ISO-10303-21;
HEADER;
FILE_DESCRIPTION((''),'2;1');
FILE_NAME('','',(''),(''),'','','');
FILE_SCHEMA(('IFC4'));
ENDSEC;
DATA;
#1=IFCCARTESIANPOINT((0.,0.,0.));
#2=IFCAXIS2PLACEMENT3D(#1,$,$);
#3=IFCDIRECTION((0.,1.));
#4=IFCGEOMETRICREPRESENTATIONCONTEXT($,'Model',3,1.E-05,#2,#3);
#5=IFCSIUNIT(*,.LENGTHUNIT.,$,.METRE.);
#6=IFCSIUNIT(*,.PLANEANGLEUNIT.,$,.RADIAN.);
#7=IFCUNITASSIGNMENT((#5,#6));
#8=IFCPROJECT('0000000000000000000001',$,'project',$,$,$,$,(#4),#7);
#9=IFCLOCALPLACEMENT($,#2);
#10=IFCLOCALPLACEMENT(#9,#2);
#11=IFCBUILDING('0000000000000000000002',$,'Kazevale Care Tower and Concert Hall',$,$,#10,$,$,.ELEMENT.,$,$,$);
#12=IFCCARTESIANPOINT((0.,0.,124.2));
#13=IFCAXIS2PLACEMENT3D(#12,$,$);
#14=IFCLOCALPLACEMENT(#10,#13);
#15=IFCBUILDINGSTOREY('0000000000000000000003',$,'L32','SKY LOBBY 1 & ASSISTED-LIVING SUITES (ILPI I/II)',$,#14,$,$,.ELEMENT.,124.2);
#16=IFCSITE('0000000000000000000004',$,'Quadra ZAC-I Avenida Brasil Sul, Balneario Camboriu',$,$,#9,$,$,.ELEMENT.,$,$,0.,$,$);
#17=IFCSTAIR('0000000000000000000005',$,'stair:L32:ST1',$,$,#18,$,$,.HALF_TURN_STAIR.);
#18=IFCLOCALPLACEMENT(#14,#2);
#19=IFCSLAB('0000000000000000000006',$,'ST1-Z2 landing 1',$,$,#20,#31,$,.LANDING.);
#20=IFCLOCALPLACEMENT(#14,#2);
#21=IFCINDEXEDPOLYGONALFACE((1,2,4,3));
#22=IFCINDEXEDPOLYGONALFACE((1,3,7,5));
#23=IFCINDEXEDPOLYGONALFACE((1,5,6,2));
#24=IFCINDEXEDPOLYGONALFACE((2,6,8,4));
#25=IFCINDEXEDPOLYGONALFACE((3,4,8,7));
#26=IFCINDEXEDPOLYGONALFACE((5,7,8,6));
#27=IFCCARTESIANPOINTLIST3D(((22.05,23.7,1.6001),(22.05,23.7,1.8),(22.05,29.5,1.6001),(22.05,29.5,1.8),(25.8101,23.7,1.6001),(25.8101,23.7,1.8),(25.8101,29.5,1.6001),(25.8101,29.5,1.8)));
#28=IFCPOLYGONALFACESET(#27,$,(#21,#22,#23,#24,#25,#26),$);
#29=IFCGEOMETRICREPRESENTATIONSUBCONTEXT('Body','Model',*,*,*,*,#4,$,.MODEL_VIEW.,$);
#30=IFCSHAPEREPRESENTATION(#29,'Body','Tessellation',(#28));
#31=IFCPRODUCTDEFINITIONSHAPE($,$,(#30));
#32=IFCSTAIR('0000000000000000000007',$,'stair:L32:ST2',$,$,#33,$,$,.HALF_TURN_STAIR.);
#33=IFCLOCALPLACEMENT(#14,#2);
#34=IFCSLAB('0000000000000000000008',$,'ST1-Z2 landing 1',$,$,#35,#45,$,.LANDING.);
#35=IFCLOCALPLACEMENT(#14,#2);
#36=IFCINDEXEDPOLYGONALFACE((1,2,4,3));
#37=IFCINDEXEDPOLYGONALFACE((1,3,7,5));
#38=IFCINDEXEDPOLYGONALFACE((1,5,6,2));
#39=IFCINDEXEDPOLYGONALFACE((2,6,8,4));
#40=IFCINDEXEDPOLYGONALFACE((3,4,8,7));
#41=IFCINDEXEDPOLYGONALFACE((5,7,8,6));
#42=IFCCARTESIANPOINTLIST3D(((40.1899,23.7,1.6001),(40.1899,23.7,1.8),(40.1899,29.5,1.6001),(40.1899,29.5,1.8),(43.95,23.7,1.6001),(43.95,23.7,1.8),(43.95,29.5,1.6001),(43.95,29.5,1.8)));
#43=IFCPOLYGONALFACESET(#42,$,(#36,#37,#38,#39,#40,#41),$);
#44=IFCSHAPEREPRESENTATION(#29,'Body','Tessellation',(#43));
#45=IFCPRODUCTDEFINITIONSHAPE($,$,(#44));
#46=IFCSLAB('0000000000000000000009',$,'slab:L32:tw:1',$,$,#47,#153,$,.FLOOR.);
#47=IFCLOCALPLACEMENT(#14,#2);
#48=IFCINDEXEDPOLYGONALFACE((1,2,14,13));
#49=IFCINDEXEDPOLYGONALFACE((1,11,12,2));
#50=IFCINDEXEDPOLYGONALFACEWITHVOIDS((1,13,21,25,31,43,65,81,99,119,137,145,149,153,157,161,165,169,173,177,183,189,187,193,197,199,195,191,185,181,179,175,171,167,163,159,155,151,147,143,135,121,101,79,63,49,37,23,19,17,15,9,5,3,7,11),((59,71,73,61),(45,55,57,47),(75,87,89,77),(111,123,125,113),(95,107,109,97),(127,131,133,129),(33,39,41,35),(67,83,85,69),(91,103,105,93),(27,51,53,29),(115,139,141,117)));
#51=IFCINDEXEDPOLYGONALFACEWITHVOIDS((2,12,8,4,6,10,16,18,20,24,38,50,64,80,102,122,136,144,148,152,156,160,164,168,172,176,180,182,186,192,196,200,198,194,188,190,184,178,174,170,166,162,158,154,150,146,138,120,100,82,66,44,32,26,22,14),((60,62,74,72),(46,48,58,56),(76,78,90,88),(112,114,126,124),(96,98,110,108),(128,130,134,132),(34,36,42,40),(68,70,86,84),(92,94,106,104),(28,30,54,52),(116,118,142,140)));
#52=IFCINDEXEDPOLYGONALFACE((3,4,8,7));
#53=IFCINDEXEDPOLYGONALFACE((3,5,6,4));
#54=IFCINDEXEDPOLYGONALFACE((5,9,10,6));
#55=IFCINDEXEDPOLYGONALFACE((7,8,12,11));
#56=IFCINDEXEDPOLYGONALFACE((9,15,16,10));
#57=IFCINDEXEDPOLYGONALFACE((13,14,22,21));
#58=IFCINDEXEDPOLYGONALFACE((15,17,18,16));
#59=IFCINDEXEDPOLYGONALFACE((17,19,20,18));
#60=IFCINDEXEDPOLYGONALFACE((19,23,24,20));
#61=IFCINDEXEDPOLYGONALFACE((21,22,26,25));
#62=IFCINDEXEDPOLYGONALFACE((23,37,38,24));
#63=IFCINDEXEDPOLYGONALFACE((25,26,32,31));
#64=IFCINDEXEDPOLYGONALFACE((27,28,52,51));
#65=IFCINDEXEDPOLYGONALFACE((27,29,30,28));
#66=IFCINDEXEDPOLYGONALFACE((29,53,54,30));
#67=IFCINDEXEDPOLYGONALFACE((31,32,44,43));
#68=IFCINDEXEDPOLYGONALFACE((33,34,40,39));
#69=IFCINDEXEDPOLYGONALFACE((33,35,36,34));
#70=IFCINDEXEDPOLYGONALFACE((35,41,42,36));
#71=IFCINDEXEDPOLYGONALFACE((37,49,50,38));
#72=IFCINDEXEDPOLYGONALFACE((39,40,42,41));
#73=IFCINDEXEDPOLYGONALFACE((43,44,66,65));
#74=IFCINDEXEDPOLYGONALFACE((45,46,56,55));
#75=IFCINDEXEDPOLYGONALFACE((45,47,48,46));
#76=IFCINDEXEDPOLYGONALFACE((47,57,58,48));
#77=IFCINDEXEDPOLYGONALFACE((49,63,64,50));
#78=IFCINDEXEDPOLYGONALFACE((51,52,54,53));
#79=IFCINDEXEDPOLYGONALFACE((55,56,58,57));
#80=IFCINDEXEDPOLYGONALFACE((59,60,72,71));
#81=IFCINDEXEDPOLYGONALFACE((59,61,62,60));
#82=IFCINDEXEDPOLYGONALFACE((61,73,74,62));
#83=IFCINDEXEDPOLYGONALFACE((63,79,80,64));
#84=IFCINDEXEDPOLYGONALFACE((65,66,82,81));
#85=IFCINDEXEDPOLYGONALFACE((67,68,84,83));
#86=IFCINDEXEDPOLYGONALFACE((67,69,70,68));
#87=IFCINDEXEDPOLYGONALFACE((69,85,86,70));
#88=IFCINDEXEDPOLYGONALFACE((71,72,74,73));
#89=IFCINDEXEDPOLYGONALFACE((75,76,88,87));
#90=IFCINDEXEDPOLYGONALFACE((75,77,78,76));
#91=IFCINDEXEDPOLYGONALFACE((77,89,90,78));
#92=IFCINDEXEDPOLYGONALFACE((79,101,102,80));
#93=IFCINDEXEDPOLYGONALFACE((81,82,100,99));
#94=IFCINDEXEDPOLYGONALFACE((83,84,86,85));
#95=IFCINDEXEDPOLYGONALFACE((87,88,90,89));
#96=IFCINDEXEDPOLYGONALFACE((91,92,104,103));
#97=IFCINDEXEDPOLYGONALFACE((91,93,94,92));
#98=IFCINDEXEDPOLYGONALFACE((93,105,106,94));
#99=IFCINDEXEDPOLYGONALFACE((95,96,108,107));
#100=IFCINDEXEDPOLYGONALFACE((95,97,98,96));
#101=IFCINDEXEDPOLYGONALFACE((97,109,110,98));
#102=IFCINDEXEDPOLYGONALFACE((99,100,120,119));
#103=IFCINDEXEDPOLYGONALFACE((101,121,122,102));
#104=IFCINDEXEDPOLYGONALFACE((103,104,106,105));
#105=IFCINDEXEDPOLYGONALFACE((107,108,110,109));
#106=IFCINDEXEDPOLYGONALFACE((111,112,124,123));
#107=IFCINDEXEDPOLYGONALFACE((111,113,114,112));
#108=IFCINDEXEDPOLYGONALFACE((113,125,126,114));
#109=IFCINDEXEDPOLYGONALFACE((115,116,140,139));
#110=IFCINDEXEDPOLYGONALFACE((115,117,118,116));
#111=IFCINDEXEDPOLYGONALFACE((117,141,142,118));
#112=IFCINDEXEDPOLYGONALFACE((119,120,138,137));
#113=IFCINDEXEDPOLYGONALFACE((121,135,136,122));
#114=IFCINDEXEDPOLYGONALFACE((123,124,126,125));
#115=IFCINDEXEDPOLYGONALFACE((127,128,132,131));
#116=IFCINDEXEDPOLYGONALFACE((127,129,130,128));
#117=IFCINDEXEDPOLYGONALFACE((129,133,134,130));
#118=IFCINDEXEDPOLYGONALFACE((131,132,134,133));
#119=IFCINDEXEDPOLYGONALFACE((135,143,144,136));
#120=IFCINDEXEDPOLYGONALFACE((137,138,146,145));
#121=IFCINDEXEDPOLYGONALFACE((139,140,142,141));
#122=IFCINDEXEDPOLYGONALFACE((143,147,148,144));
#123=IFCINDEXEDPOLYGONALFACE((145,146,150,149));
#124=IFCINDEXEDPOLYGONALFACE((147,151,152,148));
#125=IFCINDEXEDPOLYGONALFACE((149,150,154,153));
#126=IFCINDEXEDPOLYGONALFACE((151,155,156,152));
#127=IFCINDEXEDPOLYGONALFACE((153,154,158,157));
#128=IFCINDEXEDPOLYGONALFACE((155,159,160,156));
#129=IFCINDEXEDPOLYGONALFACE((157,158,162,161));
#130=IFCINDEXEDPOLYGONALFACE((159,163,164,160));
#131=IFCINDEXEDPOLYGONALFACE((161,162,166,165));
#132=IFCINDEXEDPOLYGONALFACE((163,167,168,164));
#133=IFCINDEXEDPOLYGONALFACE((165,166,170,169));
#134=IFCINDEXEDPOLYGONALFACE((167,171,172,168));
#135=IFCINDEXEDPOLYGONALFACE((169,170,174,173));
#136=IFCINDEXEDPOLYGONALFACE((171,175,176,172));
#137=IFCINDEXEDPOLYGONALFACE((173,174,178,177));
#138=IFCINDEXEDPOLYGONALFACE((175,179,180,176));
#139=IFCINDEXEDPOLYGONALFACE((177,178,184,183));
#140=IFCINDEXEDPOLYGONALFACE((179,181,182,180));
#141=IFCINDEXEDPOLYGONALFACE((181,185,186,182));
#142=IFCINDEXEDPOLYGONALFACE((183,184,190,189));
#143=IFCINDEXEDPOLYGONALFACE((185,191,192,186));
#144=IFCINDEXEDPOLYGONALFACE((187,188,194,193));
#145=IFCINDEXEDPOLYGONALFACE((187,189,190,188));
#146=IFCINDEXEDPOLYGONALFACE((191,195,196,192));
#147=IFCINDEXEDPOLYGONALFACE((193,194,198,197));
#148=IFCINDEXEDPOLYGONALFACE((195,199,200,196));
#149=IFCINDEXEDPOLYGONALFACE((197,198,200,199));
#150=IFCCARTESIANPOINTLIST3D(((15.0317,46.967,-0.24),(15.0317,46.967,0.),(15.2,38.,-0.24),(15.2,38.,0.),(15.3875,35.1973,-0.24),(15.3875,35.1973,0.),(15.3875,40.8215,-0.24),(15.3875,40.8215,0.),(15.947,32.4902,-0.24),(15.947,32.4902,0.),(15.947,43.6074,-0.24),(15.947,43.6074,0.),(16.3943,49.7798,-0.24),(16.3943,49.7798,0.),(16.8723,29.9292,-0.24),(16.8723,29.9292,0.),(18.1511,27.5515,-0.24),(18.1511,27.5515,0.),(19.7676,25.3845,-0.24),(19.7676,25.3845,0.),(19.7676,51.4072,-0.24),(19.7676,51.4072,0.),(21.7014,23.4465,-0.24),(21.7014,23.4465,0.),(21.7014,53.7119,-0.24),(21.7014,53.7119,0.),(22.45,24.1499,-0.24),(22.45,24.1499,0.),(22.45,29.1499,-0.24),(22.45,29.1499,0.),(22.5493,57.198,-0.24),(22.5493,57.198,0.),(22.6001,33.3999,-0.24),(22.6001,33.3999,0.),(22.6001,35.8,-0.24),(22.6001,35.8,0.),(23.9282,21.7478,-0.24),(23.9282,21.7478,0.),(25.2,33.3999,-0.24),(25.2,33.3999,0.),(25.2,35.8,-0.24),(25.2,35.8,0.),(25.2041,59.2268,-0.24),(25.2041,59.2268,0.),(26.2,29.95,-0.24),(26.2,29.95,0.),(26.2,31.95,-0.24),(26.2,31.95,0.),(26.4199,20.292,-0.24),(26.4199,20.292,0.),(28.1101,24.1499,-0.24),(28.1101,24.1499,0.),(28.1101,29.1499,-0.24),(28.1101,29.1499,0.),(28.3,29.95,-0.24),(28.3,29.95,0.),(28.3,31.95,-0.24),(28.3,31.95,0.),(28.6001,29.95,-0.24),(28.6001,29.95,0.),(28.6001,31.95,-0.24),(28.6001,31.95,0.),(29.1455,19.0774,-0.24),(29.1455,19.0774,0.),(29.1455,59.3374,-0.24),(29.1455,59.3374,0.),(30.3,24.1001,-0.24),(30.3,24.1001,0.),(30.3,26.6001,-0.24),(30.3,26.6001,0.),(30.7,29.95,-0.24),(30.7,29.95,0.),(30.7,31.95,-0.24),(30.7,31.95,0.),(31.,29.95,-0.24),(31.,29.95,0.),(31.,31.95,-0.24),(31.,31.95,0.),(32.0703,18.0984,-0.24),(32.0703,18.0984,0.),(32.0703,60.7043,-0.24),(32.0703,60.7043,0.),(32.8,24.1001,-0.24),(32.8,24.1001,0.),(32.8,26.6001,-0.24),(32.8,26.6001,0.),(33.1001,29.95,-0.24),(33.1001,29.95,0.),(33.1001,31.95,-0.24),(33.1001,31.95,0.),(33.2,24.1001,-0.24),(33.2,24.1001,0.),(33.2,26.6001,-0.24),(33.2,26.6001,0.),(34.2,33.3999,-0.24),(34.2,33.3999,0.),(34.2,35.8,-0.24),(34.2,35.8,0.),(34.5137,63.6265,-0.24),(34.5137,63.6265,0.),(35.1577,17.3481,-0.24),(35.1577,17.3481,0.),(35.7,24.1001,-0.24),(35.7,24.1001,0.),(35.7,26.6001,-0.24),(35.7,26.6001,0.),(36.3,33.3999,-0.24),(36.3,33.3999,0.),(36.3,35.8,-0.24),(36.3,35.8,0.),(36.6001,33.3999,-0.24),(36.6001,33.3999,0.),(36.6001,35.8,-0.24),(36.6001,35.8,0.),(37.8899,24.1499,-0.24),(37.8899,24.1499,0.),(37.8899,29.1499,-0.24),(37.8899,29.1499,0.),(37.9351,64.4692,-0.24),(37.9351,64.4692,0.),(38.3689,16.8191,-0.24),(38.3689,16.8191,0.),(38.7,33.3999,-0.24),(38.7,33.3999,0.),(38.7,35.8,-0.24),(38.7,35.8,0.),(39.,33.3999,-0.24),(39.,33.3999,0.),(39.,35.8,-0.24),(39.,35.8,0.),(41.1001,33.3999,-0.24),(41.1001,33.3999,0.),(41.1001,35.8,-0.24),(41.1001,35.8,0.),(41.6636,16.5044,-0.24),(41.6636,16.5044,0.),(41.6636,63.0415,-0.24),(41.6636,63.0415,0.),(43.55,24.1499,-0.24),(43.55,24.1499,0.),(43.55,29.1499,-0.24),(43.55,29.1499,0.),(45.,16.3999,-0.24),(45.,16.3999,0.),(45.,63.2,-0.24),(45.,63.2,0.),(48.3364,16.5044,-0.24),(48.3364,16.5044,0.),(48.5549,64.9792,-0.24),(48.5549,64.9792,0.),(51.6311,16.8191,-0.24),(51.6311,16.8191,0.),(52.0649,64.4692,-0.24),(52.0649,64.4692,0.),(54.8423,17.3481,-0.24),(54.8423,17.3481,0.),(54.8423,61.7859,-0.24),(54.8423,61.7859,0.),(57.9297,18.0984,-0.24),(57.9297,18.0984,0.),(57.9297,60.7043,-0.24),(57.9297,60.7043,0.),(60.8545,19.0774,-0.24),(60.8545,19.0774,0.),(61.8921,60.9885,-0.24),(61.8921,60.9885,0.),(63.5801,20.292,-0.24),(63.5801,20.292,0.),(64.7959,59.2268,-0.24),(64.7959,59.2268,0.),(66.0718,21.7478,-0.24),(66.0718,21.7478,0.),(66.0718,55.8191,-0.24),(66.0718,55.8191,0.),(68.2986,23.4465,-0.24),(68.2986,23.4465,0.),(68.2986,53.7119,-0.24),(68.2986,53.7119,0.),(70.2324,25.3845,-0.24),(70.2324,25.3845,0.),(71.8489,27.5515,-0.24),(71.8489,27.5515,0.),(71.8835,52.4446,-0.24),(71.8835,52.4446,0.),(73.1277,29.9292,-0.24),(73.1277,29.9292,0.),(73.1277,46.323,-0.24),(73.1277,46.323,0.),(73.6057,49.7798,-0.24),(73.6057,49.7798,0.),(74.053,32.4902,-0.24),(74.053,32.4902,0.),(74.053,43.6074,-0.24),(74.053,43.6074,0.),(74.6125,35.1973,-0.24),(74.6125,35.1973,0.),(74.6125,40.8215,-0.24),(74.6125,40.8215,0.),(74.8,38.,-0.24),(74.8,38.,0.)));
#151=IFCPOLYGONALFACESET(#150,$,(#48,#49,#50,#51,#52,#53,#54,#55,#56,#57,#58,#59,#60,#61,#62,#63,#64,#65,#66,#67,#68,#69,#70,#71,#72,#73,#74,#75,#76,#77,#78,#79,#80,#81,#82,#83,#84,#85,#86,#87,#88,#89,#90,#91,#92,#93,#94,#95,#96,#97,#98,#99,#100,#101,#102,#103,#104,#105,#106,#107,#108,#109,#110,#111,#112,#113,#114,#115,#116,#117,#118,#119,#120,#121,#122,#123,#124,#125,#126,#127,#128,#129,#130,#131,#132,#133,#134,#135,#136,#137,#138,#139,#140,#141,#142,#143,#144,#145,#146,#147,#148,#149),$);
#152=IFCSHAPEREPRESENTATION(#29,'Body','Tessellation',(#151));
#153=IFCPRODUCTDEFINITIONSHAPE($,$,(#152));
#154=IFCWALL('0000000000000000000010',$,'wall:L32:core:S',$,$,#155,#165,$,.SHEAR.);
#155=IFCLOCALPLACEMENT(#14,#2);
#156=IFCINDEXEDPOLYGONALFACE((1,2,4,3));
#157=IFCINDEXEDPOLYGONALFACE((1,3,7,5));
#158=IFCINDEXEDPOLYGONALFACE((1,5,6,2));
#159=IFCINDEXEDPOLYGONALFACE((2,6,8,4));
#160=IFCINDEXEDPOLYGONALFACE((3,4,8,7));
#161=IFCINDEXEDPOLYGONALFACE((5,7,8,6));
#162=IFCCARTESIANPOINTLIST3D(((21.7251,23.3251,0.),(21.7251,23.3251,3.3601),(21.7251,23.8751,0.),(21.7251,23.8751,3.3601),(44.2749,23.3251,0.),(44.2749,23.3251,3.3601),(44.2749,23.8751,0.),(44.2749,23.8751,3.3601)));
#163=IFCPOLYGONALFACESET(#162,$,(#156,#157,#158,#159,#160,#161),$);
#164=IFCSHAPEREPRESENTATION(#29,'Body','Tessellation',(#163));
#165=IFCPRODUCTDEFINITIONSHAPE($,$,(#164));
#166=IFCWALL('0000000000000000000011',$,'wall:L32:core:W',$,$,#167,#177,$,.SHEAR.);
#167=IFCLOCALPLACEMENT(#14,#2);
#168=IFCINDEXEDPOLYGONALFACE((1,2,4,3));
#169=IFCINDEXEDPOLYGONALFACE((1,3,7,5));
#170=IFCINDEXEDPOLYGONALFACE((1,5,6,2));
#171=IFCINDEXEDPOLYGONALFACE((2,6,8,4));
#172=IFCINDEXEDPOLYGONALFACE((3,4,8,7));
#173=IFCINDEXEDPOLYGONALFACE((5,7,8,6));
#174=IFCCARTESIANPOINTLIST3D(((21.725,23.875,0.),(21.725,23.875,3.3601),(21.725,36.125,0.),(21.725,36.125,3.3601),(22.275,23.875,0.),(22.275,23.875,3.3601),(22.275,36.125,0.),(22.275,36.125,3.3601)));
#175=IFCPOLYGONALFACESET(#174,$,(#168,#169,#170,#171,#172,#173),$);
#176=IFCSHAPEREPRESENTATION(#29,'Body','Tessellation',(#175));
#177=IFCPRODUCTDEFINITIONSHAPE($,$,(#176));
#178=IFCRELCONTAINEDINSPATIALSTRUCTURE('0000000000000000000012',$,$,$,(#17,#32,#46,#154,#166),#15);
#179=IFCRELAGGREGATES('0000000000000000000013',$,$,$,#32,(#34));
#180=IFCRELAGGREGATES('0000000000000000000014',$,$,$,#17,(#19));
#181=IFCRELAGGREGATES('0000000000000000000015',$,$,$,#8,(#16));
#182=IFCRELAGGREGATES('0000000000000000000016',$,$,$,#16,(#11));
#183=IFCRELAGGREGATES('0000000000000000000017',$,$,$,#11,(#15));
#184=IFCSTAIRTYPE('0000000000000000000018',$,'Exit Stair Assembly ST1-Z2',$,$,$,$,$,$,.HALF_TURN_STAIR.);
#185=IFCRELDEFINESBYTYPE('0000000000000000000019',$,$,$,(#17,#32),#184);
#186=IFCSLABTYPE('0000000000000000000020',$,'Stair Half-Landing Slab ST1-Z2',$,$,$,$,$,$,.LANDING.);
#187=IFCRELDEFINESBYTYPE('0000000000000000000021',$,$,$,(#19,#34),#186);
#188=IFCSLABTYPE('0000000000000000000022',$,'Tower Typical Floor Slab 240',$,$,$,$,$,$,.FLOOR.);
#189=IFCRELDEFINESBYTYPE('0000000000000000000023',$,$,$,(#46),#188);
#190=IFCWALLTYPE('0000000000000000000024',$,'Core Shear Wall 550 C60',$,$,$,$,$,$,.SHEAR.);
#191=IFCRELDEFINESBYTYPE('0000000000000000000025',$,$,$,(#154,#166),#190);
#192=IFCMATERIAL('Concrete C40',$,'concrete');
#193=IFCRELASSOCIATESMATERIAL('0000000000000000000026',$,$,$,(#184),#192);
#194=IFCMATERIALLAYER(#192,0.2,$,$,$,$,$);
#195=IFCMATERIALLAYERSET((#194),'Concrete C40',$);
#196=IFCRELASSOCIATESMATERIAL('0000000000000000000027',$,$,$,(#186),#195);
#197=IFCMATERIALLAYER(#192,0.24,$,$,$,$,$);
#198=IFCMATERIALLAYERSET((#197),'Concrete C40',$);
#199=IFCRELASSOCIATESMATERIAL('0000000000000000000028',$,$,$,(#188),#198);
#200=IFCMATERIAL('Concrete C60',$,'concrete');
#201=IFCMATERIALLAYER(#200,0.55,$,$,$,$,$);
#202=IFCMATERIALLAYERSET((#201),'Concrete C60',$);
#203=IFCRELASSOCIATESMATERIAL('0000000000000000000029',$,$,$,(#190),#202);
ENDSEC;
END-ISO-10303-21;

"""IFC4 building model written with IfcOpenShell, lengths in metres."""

from ifc_helpers import new_model, si_unit, direction, frame, frame_2d, origin, place, context, subcontext, project, spatial, polyline, rectangle, outline, extrude, material, layer, layer_set, type_object, element, aggregate, save


model = new_model("IFC4")

# Units and contexts
model_context = context("Model", 3, precision=1e-05, world=origin(), true_north=direction((0.0, 1.0)))
body_context = subcontext(model_context, "Body", "Model", "MODEL_VIEW")
ifc_project = project(units=[si_unit("LENGTHUNIT", "METRE"), si_unit("PLANEANGLEUNIT", "RADIAN")], contexts=[model_context])

# Site, building, storey
site_placement = place(None, origin())
site = spatial("IfcSite", under=ifc_project, at=site_placement, Name="Quadra ZAC-I Avenida Brasil Sul, Balneario Camboriu", CompositionType="ELEMENT", RefElevation=0.0)
building_placement = place(site_placement, origin())
building = spatial("IfcBuilding", under=site, at=building_placement, Name="Kazevale Care Tower and Concert Hall", CompositionType="ELEMENT")
storey_placement = place(building_placement, frame((0.0, 0.0, 124.2)))
storey = spatial("IfcBuildingStorey", under=building, at=storey_placement, Name="L32", Description="SKY LOBBY 1 & ASSISTED-LIVING SUITES (ILPI I/II)", CompositionType="ELEMENT", Elevation=124.2)

# Shared definitions
ifc_material_1 = material(Name="Concrete C60", Category="concrete")

# Shared definitions
ifc_material_2 = material(Name="Concrete C40", Category="concrete")

# Stairs, slabs
stair_type = type_object("IfcStairType", Name="Exit Stair Assembly ST1-Z2", PredefinedType="HALF_TURN_STAIR", material=ifc_material_2)
stair_1_placement = place(storey_placement, origin())
stair_1 = element("IfcStair", 1, at=stair_1_placement, inside=storey, type_object=stair_type, Name="stair:L32:ST1", PredefinedType="HALF_TURN_STAIR")
ifc_layer_1 = layer(ifc_material_2, 0.2)
ifc_layer_set_1 = layer_set([ifc_layer_1], Name="Concrete C40")
slab_type_1 = type_object("IfcSlabType", Name="Stair Half-Landing Slab ST1-Z2", PredefinedType="LANDING", material=ifc_layer_set_1)
slab_1_placement = place(storey_placement, frame((0.0, 0.0, 1.6001)))
slab_1 = element("IfcSlab", 2, at=slab_1_placement, type_object=slab_type_1, Name="ST1-Z2 landing 1", PredefinedType="LANDING", context=body_context, shape_type="SweptSolid", body=[
    extrude(outline(polyline([(22.05, 23.7), (25.8101, 23.7), (25.8101, 29.5), (22.05, 29.5), (22.05, 23.7)])), origin(), (0.0, 0.0, 1.0), 0.2),
])
stair_2_placement = place(storey_placement, origin())
stair_2 = element("IfcStair", 3, at=stair_2_placement, inside=storey, type_object=stair_type, Name="stair:L32:ST2", PredefinedType="HALF_TURN_STAIR")
slab_2_placement = place(storey_placement, frame((0.0, 0.0, 1.6001)))
slab_2 = element("IfcSlab", 4, at=slab_2_placement, type_object=slab_type_1, Name="ST1-Z2 landing 1", PredefinedType="LANDING", context=body_context, shape_type="SweptSolid", body=[
    extrude(outline(polyline([(40.1899, 23.7), (43.95, 23.7), (43.95, 29.5), (40.1899, 29.5), (40.1899, 23.7)])), origin(), (0.0, 0.0, 1.0), 0.2),
])
aggregate(stair_2, [slab_2])

# Slab
ifc_layer_2 = layer(ifc_material_2, 0.24)
ifc_layer_set_2 = layer_set([ifc_layer_2], Name="Concrete C40")
slab_type_2 = type_object("IfcSlabType", Name="Tower Typical Floor Slab 240", PredefinedType="FLOOR", material=ifc_layer_set_2)
slab_3_placement = place(storey_placement, frame((0.0, 0.0, -0.24)))
element("IfcSlab", 5, at=slab_3_placement, inside=storey, type_object=slab_type_2, Name="slab:L32:tw:1", PredefinedType="FLOOR", context=body_context, shape_type="SweptSolid", body=[
    extrude(outline(polyline([(74.8, 38.0), (74.6125, 40.8215), (74.053, 43.6074), (73.1277, 46.323), (73.6057, 49.7798), (71.8835, 52.4446), (68.2986, 53.7119), (66.0718, 55.8191), (64.7959, 59.2268), (61.8921, 60.9885), (57.9297, 60.7043), (54.8423, 61.7859), (52.0649, 64.4692), (48.5549, 64.9792), (45.0, 63.2), (41.6636, 63.0415), (37.9351, 64.4692), (34.5137, 63.6265), (32.0703, 60.7043), (29.1455, 59.3374), (25.2041, 59.2268), (22.5493, 57.198), (21.7014, 53.7119), (19.7676, 51.4072), (16.3943, 49.7798), (15.0317, 46.967), (15.947, 43.6074), (15.3875, 40.8215), (15.2, 38.0), (15.3875, 35.1973), (15.947, 32.4902), (16.8723, 29.9292), (18.1511, 27.5515), (19.7676, 25.3845), (21.7014, 23.4465), (23.9282, 21.7478), (26.4199, 20.292), (29.1455, 19.0774), (32.0703, 18.0984), (35.1577, 17.3481), (38.3689, 16.8191), (41.6636, 16.5044), (45.0, 16.3999), (48.3364, 16.5044), (51.6311, 16.8191), (54.8423, 17.3481), (57.9297, 18.0984), (60.8545, 19.0774), (63.5801, 20.292), (66.0718, 21.7478), (68.2986, 23.4465), (70.2324, 25.3845), (71.8489, 27.5515), (73.1277, 29.9292), (74.053, 32.4902), (74.6125, 35.1973), (74.8, 38.0)]), holes=[polyline([(22.45, 24.1499), (28.1101, 24.1499), (28.1101, 29.1499), (22.45, 29.1499), (22.45, 24.1499)]), polyline([(37.8899, 24.1499), (43.55, 24.1499), (43.55, 29.1499), (37.8899, 29.1499), (37.8899, 24.1499)]), polyline([(30.3, 24.1001), (32.8, 24.1001), (32.8, 26.6001), (30.3, 26.6001), (30.3, 24.1001)]), polyline([(33.2, 24.1001), (35.7, 24.1001), (35.7, 26.6001), (33.2, 26.6001), (33.2, 24.1001)]), polyline([(22.6001, 33.3999), (25.2, 33.3999), (25.2, 35.8), (22.6001, 35.8), (22.6001, 33.3999)]), polyline([(34.2, 33.3999), (36.3, 33.3999), (36.3, 35.8), (34.2, 35.8), (34.2, 33.3999)]), polyline([(36.6001, 33.3999), (38.7, 33.3999), (38.7, 35.8), (36.6001, 35.8), (36.6001, 33.3999)]), polyline([(39.0, 33.3999), (41.1001, 33.3999), (41.1001, 35.8), (39.0, 35.8), (39.0, 33.3999)]), polyline([(26.2, 29.95), (28.3, 29.95), (28.3, 31.95), (26.2, 31.95), (26.2, 29.95)]), polyline([(28.6001, 29.95), (30.7, 29.95), (30.7, 31.95), (28.6001, 31.95), (28.6001, 29.95)]), polyline([(31.0, 29.95), (33.1001, 29.95), (33.1001, 31.95), (31.0, 31.95), (31.0, 29.95)])]), origin(), (0.0, 0.0, 1.0), 0.24),
])

# Walls
ifc_layer_3 = layer(ifc_material_1, 0.55)
ifc_layer_set_3 = layer_set([ifc_layer_3], Name="Concrete C60")
wall_type_1 = type_object("IfcWallType", Name="Core Shear Wall 550 C60", PredefinedType="SHEAR", material=ifc_layer_set_3)
wall_1_placement = place(storey_placement, frame((21.7251, 23.6001, 0.0), z_axis=(0.0, 0.0, 1.0), x_axis=(1.0, 0.0, 0.0)))
element("IfcWall", 6, at=wall_1_placement, inside=storey, type_object=wall_type_1, Name="wall:L32:core:S", PredefinedType="SHEAR", context=body_context, shape_type="SweptSolid", body=[
    extrude(rectangle(XDim=22.5498, YDim=0.55, at=frame_2d((11.2749, 0.0))), origin(), (0.0, 0.0, 1.0), 3.3601),
])
wall_2_placement = place(storey_placement, frame((22.0, 23.875, 0.0), z_axis=(0.0, 0.0, 1.0), x_axis=(0.0, 1.0, 0.0)))
element("IfcWall", 7, at=wall_2_placement, inside=storey, type_object=wall_type_1, Name="wall:L32:core:W", PredefinedType="SHEAR", context=body_context, shape_type="SweptSolid", body=[
    extrude(rectangle(XDim=12.25, YDim=0.55, at=frame_2d((6.125, 0.0))), origin(), (0.0, 0.0, 1.0), 3.3601),
])

aggregate(stair_1, [slab_1])

save(model, "model.ifc")
